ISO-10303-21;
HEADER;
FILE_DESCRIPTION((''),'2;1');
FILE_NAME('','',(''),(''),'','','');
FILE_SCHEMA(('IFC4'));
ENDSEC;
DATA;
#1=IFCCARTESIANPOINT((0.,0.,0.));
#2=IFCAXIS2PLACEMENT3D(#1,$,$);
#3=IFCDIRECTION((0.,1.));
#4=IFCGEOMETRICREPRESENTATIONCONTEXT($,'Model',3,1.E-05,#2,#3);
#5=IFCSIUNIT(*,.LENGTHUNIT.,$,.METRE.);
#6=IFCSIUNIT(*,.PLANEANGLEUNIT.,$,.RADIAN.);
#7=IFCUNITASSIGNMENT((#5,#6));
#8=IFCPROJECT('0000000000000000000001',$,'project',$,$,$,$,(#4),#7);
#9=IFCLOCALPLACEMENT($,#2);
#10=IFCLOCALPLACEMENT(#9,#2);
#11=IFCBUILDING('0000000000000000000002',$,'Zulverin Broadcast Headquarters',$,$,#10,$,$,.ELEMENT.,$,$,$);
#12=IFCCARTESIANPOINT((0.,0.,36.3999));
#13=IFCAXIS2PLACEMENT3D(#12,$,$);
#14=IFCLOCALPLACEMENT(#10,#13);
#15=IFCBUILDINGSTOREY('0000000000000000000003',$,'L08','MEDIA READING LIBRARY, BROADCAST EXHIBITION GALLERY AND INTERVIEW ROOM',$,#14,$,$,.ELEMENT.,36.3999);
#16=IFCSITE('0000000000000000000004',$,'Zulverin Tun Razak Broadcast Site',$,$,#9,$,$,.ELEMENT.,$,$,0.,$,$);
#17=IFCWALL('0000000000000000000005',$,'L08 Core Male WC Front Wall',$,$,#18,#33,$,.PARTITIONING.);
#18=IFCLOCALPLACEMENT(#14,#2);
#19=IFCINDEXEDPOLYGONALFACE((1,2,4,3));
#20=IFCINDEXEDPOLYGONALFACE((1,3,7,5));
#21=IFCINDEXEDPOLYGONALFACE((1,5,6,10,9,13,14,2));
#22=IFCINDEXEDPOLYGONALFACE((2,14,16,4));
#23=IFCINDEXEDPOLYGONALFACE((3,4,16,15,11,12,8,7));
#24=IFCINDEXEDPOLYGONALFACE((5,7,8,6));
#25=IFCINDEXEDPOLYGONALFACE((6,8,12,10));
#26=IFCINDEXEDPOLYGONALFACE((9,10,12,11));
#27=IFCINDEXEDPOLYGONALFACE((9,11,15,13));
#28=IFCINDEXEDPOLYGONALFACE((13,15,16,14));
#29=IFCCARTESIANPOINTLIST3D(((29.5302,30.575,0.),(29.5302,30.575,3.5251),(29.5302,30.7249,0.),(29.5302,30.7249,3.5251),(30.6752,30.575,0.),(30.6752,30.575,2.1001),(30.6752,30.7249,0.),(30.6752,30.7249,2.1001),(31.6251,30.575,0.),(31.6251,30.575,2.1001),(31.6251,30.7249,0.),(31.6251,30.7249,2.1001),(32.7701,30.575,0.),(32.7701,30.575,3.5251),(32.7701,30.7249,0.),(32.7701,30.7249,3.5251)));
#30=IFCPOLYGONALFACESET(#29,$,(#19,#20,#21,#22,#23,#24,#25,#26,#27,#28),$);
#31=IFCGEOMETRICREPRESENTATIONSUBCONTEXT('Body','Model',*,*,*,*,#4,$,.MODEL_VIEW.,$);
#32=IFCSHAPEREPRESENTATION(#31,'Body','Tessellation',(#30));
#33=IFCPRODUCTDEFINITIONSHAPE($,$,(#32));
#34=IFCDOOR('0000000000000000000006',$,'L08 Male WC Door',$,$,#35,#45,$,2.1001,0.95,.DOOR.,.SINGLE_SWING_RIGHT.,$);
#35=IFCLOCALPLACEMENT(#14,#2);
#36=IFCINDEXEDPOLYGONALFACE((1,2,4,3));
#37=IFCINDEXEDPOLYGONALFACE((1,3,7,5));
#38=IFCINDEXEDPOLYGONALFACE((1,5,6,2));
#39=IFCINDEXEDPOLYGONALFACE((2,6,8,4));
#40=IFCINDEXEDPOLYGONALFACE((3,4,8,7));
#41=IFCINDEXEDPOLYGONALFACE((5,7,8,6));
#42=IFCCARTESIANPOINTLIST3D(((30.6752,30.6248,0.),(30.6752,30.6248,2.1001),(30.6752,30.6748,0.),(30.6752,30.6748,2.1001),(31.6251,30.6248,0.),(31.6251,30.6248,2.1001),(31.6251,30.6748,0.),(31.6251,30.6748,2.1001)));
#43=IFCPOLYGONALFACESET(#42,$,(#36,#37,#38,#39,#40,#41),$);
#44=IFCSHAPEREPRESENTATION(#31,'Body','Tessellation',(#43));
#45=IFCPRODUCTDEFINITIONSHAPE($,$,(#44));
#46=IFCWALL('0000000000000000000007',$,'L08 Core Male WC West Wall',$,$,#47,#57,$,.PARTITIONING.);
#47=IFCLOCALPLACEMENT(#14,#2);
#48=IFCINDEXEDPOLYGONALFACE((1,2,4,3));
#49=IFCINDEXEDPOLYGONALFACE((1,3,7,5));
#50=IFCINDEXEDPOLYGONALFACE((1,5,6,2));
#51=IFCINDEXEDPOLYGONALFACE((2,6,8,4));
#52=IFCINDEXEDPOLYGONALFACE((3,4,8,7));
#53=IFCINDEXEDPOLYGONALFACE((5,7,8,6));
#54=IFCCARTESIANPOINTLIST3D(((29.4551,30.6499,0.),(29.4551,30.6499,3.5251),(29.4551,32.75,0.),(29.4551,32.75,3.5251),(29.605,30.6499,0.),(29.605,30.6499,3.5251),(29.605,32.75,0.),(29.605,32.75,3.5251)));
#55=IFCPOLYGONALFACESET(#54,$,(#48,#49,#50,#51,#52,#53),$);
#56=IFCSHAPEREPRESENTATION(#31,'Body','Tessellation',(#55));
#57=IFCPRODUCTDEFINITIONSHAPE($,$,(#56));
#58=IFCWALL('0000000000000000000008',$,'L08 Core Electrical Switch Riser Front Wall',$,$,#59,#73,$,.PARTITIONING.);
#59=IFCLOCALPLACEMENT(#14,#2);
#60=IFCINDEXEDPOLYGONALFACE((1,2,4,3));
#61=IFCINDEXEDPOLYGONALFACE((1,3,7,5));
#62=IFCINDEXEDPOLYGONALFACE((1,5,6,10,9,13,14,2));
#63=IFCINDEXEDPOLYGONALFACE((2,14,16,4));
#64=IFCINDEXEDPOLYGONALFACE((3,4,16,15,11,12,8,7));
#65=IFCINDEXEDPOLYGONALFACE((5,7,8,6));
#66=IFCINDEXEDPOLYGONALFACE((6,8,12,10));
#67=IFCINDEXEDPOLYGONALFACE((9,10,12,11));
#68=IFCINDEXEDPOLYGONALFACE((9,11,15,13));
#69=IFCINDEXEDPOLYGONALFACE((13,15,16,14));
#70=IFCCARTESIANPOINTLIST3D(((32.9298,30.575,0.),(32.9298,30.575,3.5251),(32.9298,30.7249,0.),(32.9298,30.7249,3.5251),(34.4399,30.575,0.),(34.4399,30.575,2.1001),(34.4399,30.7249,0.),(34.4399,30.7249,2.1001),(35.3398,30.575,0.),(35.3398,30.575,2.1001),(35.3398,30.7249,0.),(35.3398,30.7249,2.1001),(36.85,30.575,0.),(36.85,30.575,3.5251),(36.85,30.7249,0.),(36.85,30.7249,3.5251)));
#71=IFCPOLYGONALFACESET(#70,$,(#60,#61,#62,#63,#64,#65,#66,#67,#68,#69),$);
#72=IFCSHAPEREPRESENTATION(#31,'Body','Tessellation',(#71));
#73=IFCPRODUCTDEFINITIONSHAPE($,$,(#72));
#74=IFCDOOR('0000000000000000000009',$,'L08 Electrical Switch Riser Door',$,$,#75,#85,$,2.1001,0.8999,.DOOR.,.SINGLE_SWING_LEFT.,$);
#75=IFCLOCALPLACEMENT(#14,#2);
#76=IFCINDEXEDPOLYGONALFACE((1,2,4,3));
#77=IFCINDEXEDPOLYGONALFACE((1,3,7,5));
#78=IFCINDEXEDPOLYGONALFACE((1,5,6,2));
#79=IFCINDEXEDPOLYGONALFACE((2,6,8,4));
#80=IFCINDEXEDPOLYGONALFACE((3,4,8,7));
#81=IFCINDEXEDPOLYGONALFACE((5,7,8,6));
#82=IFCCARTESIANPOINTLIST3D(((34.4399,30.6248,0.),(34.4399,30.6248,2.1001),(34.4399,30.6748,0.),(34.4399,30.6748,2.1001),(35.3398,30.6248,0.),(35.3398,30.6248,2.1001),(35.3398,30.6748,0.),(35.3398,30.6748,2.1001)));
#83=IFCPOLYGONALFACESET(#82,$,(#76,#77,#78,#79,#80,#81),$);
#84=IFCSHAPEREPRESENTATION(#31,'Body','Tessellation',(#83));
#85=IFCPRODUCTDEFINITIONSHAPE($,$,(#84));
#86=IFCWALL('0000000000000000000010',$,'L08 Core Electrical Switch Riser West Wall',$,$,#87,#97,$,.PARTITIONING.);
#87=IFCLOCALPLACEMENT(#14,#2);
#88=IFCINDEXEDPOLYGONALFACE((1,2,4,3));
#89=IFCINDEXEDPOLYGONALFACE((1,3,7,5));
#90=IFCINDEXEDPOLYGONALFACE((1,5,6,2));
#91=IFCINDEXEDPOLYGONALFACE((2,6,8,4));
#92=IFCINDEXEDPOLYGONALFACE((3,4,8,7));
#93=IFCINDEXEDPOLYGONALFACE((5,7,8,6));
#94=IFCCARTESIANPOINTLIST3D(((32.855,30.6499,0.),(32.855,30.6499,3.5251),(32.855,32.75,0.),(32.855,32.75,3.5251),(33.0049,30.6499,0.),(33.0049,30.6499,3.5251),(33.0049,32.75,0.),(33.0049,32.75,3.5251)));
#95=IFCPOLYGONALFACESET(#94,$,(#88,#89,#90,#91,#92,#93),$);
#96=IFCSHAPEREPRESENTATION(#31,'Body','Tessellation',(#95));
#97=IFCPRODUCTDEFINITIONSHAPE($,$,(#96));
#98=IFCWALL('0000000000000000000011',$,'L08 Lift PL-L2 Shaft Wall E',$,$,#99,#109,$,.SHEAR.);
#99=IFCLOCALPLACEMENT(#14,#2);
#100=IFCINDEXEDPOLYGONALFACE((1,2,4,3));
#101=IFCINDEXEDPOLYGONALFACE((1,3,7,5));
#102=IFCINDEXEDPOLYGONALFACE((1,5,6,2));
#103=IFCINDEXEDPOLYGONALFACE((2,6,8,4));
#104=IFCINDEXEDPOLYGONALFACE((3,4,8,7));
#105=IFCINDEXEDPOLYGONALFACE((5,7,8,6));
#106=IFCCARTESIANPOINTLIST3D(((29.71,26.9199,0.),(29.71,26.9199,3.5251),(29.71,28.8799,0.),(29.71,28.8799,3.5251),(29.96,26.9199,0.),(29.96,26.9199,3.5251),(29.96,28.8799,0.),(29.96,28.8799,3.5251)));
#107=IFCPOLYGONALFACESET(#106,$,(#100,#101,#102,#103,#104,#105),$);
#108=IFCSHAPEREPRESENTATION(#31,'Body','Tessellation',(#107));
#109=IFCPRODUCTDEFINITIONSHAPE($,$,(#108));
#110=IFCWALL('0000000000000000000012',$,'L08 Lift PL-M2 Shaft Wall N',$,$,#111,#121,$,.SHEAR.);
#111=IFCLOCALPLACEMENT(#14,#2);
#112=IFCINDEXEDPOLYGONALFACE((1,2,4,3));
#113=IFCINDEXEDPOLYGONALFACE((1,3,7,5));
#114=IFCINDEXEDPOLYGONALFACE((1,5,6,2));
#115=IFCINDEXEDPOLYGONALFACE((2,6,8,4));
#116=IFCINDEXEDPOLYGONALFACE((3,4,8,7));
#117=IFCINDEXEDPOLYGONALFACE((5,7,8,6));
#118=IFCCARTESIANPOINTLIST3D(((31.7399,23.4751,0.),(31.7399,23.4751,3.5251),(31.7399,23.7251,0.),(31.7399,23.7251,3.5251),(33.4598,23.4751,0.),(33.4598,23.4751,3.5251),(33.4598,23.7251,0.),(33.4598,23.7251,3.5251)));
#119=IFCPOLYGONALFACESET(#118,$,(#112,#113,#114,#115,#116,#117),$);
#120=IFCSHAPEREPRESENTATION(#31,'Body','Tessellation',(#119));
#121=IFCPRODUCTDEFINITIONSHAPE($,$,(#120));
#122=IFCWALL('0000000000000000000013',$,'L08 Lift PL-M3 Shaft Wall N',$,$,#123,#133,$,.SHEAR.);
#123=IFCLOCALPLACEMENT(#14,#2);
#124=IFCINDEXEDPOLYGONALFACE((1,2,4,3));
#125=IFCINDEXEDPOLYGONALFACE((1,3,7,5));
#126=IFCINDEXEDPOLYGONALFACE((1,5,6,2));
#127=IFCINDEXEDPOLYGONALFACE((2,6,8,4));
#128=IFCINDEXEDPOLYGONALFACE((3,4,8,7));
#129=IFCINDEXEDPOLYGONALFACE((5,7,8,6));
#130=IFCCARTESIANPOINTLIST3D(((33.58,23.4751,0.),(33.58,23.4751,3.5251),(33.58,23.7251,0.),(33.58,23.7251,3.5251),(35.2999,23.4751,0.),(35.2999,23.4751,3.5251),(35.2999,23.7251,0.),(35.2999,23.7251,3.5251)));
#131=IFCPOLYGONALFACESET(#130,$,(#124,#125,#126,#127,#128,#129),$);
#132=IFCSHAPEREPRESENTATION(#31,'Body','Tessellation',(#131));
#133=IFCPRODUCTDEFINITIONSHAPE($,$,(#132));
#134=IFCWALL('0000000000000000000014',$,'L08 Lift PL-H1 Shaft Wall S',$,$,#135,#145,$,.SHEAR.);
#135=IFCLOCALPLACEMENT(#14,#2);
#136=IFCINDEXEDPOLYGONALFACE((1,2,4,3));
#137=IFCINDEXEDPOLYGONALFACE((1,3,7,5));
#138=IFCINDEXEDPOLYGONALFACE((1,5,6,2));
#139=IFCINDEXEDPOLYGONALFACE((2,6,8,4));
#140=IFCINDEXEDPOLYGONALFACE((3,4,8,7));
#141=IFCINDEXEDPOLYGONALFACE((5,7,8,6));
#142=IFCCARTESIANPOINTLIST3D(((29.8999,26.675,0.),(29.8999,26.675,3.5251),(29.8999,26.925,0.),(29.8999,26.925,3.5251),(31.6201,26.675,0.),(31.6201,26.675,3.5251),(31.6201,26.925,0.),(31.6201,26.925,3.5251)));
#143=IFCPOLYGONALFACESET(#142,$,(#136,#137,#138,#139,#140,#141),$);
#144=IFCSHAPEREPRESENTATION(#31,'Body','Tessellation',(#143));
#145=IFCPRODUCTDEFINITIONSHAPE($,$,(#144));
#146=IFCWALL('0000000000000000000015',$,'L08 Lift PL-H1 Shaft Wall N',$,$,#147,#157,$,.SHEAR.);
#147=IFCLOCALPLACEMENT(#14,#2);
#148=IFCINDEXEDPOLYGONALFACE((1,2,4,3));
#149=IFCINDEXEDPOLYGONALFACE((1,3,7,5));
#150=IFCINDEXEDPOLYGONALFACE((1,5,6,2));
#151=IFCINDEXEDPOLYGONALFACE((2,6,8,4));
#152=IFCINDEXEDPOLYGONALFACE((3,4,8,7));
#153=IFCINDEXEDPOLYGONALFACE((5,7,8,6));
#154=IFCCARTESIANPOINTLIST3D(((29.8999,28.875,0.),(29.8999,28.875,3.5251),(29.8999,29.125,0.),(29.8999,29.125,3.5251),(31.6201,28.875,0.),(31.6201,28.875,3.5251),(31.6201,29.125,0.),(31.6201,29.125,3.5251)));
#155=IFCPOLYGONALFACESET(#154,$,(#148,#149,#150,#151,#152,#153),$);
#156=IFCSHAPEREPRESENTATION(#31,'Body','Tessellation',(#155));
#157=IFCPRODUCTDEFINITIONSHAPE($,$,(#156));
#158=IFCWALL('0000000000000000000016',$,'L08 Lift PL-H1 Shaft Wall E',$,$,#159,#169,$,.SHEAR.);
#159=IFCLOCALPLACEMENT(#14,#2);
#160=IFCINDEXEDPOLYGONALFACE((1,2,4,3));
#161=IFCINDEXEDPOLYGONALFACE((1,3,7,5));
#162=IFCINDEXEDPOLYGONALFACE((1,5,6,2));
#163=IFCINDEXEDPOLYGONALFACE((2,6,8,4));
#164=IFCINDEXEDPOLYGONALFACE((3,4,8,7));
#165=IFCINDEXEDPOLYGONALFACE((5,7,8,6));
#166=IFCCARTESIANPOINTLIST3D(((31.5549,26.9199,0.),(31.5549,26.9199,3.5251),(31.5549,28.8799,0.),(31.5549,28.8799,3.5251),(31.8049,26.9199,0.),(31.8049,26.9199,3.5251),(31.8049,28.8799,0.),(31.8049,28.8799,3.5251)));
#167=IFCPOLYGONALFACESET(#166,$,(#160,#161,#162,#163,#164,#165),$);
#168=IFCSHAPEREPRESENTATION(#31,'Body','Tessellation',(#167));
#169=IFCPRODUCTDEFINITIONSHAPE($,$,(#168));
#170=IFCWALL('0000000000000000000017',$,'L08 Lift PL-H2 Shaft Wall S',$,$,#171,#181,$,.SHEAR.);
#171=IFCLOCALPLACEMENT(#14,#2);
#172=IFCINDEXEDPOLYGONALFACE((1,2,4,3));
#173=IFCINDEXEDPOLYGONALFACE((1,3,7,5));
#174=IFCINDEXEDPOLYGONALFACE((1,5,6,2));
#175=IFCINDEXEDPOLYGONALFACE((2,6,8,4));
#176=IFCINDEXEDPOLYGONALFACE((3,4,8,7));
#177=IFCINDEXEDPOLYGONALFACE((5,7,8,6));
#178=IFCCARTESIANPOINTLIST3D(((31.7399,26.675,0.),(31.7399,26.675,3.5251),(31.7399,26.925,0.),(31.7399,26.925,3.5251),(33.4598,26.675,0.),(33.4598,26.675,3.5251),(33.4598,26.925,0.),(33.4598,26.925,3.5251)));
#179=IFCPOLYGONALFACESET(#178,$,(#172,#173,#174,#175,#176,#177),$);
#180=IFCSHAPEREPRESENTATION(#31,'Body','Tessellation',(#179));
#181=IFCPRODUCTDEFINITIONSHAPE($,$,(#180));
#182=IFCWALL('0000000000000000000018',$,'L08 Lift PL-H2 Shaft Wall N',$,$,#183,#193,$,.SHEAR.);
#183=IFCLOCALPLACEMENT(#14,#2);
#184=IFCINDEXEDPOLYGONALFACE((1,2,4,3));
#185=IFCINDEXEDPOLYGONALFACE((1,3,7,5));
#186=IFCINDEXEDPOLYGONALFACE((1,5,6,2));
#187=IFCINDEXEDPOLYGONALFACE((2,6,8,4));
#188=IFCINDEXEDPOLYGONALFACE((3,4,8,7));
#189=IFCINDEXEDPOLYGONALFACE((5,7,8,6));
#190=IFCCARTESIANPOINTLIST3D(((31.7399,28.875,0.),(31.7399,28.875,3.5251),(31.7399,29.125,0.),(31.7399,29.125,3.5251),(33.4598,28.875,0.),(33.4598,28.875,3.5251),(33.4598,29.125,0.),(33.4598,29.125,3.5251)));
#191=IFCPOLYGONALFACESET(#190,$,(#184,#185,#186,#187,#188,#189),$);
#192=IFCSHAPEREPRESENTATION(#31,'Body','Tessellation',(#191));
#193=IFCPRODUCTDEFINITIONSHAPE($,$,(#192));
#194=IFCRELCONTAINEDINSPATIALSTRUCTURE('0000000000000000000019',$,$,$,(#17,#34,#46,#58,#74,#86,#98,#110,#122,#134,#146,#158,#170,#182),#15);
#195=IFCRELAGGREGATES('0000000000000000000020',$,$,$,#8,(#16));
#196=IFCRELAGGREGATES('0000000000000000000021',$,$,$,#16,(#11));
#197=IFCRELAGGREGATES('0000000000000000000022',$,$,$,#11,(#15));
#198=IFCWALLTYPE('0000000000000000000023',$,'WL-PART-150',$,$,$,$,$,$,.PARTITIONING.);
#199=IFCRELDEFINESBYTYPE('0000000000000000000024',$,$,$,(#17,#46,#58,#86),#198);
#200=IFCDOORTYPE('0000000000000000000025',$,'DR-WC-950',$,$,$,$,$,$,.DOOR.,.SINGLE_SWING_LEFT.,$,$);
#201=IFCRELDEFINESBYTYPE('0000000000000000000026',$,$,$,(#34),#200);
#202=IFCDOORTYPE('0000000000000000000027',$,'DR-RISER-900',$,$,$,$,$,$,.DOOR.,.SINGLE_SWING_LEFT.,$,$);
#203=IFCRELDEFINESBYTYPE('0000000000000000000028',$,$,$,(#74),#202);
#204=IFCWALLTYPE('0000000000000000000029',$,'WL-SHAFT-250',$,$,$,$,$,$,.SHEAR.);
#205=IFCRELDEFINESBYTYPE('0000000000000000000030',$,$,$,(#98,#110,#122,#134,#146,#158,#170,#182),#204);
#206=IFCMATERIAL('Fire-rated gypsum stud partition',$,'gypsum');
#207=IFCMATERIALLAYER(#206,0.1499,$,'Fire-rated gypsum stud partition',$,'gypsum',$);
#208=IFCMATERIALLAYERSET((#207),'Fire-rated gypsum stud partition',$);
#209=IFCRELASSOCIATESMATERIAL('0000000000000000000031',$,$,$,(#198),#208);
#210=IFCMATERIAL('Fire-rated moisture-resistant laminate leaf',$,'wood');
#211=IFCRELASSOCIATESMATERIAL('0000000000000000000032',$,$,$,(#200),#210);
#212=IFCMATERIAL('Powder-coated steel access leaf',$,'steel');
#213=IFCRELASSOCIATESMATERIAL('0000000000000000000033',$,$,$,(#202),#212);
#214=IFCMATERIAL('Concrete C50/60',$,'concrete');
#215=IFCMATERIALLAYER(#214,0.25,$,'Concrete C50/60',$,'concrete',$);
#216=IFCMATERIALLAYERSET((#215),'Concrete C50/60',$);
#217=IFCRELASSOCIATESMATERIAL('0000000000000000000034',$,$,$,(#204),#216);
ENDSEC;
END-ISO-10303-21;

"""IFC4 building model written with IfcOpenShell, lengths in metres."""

from ifc_helpers import new_model, si_unit, direction, frame, frame_2d, origin, place, context, subcontext, project, spatial, rectangle, extrude, material, layer, layer_set, type_object, element, fill, save


model = new_model("IFC4")

# Units and contexts
model_context = context("Model", 3, precision=1e-05, world=origin(), true_north=direction((0.0, 1.0)))
body_context = subcontext(model_context, "Body", "Model", "MODEL_VIEW")
ifc_project = project(units=[si_unit("LENGTHUNIT", "METRE"), si_unit("PLANEANGLEUNIT", "RADIAN")], contexts=[model_context])

# Site, building, storey
site_placement = place(None, origin())
site = spatial("IfcSite", under=ifc_project, at=site_placement, Name="Zulverin Tun Razak Broadcast Site", CompositionType="ELEMENT", RefElevation=0.0)
building_placement = place(site_placement, origin())
building = spatial("IfcBuilding", under=site, at=building_placement, Name="Zulverin Broadcast Headquarters", CompositionType="ELEMENT")
storey_placement = place(building_placement, frame((0.0, 0.0, 36.3999)))
storey = spatial("IfcBuildingStorey", under=building, at=storey_placement, Name="L08", Description="MEDIA READING LIBRARY, BROADCAST EXHIBITION GALLERY AND INTERVIEW ROOM", CompositionType="ELEMENT", Elevation=36.3999)

# Wall, opening, door
ifc_material_1 = material(Name="Fire-rated gypsum stud partition", Category="gypsum")
ifc_layer_1 = layer(ifc_material_1, 0.1499, Name="Fire-rated gypsum stud partition", Category="gypsum")
ifc_layer_set_1 = layer_set([ifc_layer_1], Name="Fire-rated gypsum stud partition")
wall_type_1 = type_object("IfcWallType", Name="WL-PART-150", PredefinedType="PARTITIONING", material=ifc_layer_set_1)
wall_1_placement = place(storey_placement, frame((29.53, 30.6499, 0.0), z_axis=(0.0, 0.0, 1.0), x_axis=(1.0, 0.0, 0.0)))
wall_1 = element("IfcWall", 1, at=wall_1_placement, inside=storey, type_object=wall_type_1, Name="L08 Core Male WC Front Wall", PredefinedType="PARTITIONING", context=body_context, shape_type="SweptSolid", body=[
    extrude(rectangle(XDim=3.24, YDim=0.1499, at=frame_2d((1.6201, 0.0))), origin(), (0.0, 0.0, 1.0), 3.5251),
])
opening_1_placement = place(wall_1_placement, frame((1.145, 0.0, 0.0)))
opening_1 = element("IfcOpeningElement", 2, at=opening_1_placement, cuts=wall_1, PredefinedType="OPENING", context=body_context, shape_type="SweptSolid", body=[
    extrude(rectangle(XDim=0.95, YDim=2.1001, at=frame_2d((0.4751, 1.05))), frame((0.0, 0.085, 0.0), z_axis=(0.0, -1.0, 0.0), x_axis=(1.0, 0.0, 0.0)), (0.0, 0.0, 1.0), 0.1699),
])
ifc_material_2 = material(Name="Fire-rated moisture-resistant laminate leaf", Category="wood")
door_type_1 = type_object("IfcDoorType", Name="DR-WC-950", OperationType="SINGLE_SWING_LEFT", PredefinedType="DOOR", material=ifc_material_2)
door_1_placement = place(opening_1_placement, origin())
door_1 = element("IfcDoor", 3, at=door_1_placement, inside=storey, type_object=door_type_1, Name="L08 Male WC Door", OperationType="SINGLE_SWING_RIGHT", OverallHeight=2.1001, OverallWidth=0.95, PredefinedType="DOOR", context=body_context, shape_type="SweptSolid", body=[
    extrude(rectangle(XDim=0.95, YDim=2.1001, at=frame_2d((0.4751, 1.05))), frame((0.0, 0.0249, 0.0), z_axis=(0.0, -1.0, 0.0), x_axis=(1.0, 0.0, 0.0)), (0.0, 0.0, 1.0), 0.05),
])
fill(opening_1, door_1)

# Wall
wall_2_placement = place(storey_placement, frame((29.53, 30.6499, 0.0), z_axis=(0.0, 0.0, 1.0), x_axis=(0.0, 1.0, 0.0)))
element("IfcWall", 4, at=wall_2_placement, inside=storey, type_object=wall_type_1, Name="L08 Core Male WC West Wall", PredefinedType="PARTITIONING", context=body_context, shape_type="SweptSolid", body=[
    extrude(rectangle(XDim=2.1001, YDim=0.1499, at=frame_2d((1.05, 0.0))), origin(), (0.0, 0.0, 1.0), 3.5251),
])

# Wall, opening, door
wall_3_placement = place(storey_placement, frame((32.9299, 30.6499, 0.0), z_axis=(0.0, 0.0, 1.0), x_axis=(1.0, 0.0, 0.0)))
wall_3 = element("IfcWall", 5, at=wall_3_placement, inside=storey, type_object=wall_type_1, Name="L08 Core Electrical Switch Riser Front Wall", PredefinedType="PARTITIONING", context=body_context, shape_type="SweptSolid", body=[
    extrude(rectangle(XDim=3.9202, YDim=0.1499, at=frame_2d((1.96, 0.0))), origin(), (0.0, 0.0, 1.0), 3.5251),
])
opening_2_placement = place(wall_3_placement, frame((1.51, 0.0, 0.0)))
opening_2 = element("IfcOpeningElement", 6, at=opening_2_placement, cuts=wall_3, PredefinedType="OPENING", context=body_context, shape_type="SweptSolid", body=[
    extrude(rectangle(XDim=0.8999, YDim=2.1001, at=frame_2d((0.45, 1.05))), frame((0.0, 0.085, 0.0), z_axis=(0.0, -1.0, 0.0), x_axis=(1.0, 0.0, 0.0)), (0.0, 0.0, 1.0), 0.1699),
])
ifc_material_3 = material(Name="Powder-coated steel access leaf", Category="steel")
door_type_2 = type_object("IfcDoorType", Name="DR-RISER-900", OperationType="SINGLE_SWING_LEFT", PredefinedType="DOOR", material=ifc_material_3)
door_2_placement = place(opening_2_placement, origin())
door_2 = element("IfcDoor", 7, at=door_2_placement, inside=storey, type_object=door_type_2, Name="L08 Electrical Switch Riser Door", OperationType="SINGLE_SWING_LEFT", OverallHeight=2.1001, OverallWidth=0.8999, PredefinedType="DOOR", context=body_context, shape_type="SweptSolid", body=[
    extrude(rectangle(XDim=0.8999, YDim=2.1001, at=frame_2d((0.45, 1.05))), frame((0.0, 0.0249, 0.0), z_axis=(0.0, -1.0, 0.0), x_axis=(1.0, 0.0, 0.0)), (0.0, 0.0, 1.0), 0.05),
])
fill(opening_2, door_2)

# Walls
wall_4_placement = place(storey_placement, frame((32.9299, 30.6499, 0.0), z_axis=(0.0, 0.0, 1.0), x_axis=(0.0, 1.0, 0.0)))
element("IfcWall", 8, at=wall_4_placement, inside=storey, type_object=wall_type_1, Name="L08 Core Electrical Switch Riser West Wall", PredefinedType="PARTITIONING", context=body_context, shape_type="SweptSolid", body=[
    extrude(rectangle(XDim=2.1001, YDim=0.1499, at=frame_2d((1.05, 0.0))), origin(), (0.0, 0.0, 1.0), 3.5251),
])
ifc_material_4 = material(Name="Concrete C50/60", Category="concrete")
ifc_layer_2 = layer(ifc_material_4, 0.25, Name="Concrete C50/60", Category="concrete")
ifc_layer_set_2 = layer_set([ifc_layer_2], Name="Concrete C50/60")
wall_type_2 = type_object("IfcWallType", Name="WL-SHAFT-250", PredefinedType="SHEAR", material=ifc_layer_set_2)
wall_5_placement = place(storey_placement, frame((29.835, 26.9199, 0.0), z_axis=(0.0, 0.0, 1.0), x_axis=(0.0, 1.0, 0.0)))
element("IfcWall", 9, at=wall_5_placement, inside=storey, type_object=wall_type_2, Name="L08 Lift PL-L2 Shaft Wall E", PredefinedType="SHEAR", context=body_context, shape_type="SweptSolid", body=[
    extrude(rectangle(XDim=1.96, YDim=0.25, at=frame_2d((0.98, 0.0))), origin(), (0.0, 0.0, 1.0), 3.5251),
])
for number, where, z_axis, x_axis, name in (
    (10, (31.74, 23.6001, 0.0), (0.0, 0.0, 1.0), (1.0, 0.0, 0.0), "L08 Lift PL-M2 Shaft Wall N"),
    (11, (33.5801, 23.6001, 0.0), (0.0, 0.0, 1.0), (1.0, 0.0, 0.0), "L08 Lift PL-M3 Shaft Wall N"),
):
    element("IfcWall", number, at=place(storey_placement, frame(where, z_axis=z_axis, x_axis=x_axis)), inside=storey, type_object=wall_type_2, Name=name, PredefinedType="SHEAR", context=body_context, shape_type="SweptSolid", body=[
        extrude(rectangle(XDim=1.72, YDim=0.25, at=frame_2d((0.8599, 0.0))), origin(), (0.0, 0.0, 1.0), 3.5251),
    ])
for number, where, z_axis, x_axis, name in (
    (12, (29.8999, 26.8, 0.0), (0.0, 0.0, 1.0), (1.0, 0.0, 0.0), "L08 Lift PL-H1 Shaft Wall S"),
    (13, (29.8999, 29.0, 0.0), (0.0, 0.0, 1.0), (1.0, 0.0, 0.0), "L08 Lift PL-H1 Shaft Wall N"),
):
    element("IfcWall", number, at=place(storey_placement, frame(where, z_axis=z_axis, x_axis=x_axis)), inside=storey, type_object=wall_type_2, Name=name, PredefinedType="SHEAR", context=body_context, shape_type="SweptSolid", body=[
        extrude(rectangle(XDim=1.7202, YDim=0.25, at=frame_2d((0.8601, 0.0))), origin(), (0.0, 0.0, 1.0), 3.5251),
    ])
wall_6_placement = place(storey_placement, frame((31.6799, 26.9199, 0.0), z_axis=(0.0, 0.0, 1.0), x_axis=(0.0, 1.0, 0.0)))
element("IfcWall", 14, at=wall_6_placement, inside=storey, type_object=wall_type_2, Name="L08 Lift PL-H1 Shaft Wall E", PredefinedType="SHEAR", context=body_context, shape_type="SweptSolid", body=[
    extrude(rectangle(XDim=1.96, YDim=0.25, at=frame_2d((0.98, 0.0))), origin(), (0.0, 0.0, 1.0), 3.5251),
])
for number, where, z_axis, x_axis, name in (
    (15, (31.74, 26.8, 0.0), (0.0, 0.0, 1.0), (1.0, 0.0, 0.0), "L08 Lift PL-H2 Shaft Wall S"),
    (16, (31.74, 29.0, 0.0), (0.0, 0.0, 1.0), (1.0, 0.0, 0.0), "L08 Lift PL-H2 Shaft Wall N"),
):
    element("IfcWall", number, at=place(storey_placement, frame(where, z_axis=z_axis, x_axis=x_axis)), inside=storey, type_object=wall_type_2, Name=name, PredefinedType="SHEAR", context=body_context, shape_type="SweptSolid", body=[
        extrude(rectangle(XDim=1.72, YDim=0.25, at=frame_2d((0.8599, 0.0))), origin(), (0.0, 0.0, 1.0), 3.5251),
    ])

save(model, "model.ifc")
